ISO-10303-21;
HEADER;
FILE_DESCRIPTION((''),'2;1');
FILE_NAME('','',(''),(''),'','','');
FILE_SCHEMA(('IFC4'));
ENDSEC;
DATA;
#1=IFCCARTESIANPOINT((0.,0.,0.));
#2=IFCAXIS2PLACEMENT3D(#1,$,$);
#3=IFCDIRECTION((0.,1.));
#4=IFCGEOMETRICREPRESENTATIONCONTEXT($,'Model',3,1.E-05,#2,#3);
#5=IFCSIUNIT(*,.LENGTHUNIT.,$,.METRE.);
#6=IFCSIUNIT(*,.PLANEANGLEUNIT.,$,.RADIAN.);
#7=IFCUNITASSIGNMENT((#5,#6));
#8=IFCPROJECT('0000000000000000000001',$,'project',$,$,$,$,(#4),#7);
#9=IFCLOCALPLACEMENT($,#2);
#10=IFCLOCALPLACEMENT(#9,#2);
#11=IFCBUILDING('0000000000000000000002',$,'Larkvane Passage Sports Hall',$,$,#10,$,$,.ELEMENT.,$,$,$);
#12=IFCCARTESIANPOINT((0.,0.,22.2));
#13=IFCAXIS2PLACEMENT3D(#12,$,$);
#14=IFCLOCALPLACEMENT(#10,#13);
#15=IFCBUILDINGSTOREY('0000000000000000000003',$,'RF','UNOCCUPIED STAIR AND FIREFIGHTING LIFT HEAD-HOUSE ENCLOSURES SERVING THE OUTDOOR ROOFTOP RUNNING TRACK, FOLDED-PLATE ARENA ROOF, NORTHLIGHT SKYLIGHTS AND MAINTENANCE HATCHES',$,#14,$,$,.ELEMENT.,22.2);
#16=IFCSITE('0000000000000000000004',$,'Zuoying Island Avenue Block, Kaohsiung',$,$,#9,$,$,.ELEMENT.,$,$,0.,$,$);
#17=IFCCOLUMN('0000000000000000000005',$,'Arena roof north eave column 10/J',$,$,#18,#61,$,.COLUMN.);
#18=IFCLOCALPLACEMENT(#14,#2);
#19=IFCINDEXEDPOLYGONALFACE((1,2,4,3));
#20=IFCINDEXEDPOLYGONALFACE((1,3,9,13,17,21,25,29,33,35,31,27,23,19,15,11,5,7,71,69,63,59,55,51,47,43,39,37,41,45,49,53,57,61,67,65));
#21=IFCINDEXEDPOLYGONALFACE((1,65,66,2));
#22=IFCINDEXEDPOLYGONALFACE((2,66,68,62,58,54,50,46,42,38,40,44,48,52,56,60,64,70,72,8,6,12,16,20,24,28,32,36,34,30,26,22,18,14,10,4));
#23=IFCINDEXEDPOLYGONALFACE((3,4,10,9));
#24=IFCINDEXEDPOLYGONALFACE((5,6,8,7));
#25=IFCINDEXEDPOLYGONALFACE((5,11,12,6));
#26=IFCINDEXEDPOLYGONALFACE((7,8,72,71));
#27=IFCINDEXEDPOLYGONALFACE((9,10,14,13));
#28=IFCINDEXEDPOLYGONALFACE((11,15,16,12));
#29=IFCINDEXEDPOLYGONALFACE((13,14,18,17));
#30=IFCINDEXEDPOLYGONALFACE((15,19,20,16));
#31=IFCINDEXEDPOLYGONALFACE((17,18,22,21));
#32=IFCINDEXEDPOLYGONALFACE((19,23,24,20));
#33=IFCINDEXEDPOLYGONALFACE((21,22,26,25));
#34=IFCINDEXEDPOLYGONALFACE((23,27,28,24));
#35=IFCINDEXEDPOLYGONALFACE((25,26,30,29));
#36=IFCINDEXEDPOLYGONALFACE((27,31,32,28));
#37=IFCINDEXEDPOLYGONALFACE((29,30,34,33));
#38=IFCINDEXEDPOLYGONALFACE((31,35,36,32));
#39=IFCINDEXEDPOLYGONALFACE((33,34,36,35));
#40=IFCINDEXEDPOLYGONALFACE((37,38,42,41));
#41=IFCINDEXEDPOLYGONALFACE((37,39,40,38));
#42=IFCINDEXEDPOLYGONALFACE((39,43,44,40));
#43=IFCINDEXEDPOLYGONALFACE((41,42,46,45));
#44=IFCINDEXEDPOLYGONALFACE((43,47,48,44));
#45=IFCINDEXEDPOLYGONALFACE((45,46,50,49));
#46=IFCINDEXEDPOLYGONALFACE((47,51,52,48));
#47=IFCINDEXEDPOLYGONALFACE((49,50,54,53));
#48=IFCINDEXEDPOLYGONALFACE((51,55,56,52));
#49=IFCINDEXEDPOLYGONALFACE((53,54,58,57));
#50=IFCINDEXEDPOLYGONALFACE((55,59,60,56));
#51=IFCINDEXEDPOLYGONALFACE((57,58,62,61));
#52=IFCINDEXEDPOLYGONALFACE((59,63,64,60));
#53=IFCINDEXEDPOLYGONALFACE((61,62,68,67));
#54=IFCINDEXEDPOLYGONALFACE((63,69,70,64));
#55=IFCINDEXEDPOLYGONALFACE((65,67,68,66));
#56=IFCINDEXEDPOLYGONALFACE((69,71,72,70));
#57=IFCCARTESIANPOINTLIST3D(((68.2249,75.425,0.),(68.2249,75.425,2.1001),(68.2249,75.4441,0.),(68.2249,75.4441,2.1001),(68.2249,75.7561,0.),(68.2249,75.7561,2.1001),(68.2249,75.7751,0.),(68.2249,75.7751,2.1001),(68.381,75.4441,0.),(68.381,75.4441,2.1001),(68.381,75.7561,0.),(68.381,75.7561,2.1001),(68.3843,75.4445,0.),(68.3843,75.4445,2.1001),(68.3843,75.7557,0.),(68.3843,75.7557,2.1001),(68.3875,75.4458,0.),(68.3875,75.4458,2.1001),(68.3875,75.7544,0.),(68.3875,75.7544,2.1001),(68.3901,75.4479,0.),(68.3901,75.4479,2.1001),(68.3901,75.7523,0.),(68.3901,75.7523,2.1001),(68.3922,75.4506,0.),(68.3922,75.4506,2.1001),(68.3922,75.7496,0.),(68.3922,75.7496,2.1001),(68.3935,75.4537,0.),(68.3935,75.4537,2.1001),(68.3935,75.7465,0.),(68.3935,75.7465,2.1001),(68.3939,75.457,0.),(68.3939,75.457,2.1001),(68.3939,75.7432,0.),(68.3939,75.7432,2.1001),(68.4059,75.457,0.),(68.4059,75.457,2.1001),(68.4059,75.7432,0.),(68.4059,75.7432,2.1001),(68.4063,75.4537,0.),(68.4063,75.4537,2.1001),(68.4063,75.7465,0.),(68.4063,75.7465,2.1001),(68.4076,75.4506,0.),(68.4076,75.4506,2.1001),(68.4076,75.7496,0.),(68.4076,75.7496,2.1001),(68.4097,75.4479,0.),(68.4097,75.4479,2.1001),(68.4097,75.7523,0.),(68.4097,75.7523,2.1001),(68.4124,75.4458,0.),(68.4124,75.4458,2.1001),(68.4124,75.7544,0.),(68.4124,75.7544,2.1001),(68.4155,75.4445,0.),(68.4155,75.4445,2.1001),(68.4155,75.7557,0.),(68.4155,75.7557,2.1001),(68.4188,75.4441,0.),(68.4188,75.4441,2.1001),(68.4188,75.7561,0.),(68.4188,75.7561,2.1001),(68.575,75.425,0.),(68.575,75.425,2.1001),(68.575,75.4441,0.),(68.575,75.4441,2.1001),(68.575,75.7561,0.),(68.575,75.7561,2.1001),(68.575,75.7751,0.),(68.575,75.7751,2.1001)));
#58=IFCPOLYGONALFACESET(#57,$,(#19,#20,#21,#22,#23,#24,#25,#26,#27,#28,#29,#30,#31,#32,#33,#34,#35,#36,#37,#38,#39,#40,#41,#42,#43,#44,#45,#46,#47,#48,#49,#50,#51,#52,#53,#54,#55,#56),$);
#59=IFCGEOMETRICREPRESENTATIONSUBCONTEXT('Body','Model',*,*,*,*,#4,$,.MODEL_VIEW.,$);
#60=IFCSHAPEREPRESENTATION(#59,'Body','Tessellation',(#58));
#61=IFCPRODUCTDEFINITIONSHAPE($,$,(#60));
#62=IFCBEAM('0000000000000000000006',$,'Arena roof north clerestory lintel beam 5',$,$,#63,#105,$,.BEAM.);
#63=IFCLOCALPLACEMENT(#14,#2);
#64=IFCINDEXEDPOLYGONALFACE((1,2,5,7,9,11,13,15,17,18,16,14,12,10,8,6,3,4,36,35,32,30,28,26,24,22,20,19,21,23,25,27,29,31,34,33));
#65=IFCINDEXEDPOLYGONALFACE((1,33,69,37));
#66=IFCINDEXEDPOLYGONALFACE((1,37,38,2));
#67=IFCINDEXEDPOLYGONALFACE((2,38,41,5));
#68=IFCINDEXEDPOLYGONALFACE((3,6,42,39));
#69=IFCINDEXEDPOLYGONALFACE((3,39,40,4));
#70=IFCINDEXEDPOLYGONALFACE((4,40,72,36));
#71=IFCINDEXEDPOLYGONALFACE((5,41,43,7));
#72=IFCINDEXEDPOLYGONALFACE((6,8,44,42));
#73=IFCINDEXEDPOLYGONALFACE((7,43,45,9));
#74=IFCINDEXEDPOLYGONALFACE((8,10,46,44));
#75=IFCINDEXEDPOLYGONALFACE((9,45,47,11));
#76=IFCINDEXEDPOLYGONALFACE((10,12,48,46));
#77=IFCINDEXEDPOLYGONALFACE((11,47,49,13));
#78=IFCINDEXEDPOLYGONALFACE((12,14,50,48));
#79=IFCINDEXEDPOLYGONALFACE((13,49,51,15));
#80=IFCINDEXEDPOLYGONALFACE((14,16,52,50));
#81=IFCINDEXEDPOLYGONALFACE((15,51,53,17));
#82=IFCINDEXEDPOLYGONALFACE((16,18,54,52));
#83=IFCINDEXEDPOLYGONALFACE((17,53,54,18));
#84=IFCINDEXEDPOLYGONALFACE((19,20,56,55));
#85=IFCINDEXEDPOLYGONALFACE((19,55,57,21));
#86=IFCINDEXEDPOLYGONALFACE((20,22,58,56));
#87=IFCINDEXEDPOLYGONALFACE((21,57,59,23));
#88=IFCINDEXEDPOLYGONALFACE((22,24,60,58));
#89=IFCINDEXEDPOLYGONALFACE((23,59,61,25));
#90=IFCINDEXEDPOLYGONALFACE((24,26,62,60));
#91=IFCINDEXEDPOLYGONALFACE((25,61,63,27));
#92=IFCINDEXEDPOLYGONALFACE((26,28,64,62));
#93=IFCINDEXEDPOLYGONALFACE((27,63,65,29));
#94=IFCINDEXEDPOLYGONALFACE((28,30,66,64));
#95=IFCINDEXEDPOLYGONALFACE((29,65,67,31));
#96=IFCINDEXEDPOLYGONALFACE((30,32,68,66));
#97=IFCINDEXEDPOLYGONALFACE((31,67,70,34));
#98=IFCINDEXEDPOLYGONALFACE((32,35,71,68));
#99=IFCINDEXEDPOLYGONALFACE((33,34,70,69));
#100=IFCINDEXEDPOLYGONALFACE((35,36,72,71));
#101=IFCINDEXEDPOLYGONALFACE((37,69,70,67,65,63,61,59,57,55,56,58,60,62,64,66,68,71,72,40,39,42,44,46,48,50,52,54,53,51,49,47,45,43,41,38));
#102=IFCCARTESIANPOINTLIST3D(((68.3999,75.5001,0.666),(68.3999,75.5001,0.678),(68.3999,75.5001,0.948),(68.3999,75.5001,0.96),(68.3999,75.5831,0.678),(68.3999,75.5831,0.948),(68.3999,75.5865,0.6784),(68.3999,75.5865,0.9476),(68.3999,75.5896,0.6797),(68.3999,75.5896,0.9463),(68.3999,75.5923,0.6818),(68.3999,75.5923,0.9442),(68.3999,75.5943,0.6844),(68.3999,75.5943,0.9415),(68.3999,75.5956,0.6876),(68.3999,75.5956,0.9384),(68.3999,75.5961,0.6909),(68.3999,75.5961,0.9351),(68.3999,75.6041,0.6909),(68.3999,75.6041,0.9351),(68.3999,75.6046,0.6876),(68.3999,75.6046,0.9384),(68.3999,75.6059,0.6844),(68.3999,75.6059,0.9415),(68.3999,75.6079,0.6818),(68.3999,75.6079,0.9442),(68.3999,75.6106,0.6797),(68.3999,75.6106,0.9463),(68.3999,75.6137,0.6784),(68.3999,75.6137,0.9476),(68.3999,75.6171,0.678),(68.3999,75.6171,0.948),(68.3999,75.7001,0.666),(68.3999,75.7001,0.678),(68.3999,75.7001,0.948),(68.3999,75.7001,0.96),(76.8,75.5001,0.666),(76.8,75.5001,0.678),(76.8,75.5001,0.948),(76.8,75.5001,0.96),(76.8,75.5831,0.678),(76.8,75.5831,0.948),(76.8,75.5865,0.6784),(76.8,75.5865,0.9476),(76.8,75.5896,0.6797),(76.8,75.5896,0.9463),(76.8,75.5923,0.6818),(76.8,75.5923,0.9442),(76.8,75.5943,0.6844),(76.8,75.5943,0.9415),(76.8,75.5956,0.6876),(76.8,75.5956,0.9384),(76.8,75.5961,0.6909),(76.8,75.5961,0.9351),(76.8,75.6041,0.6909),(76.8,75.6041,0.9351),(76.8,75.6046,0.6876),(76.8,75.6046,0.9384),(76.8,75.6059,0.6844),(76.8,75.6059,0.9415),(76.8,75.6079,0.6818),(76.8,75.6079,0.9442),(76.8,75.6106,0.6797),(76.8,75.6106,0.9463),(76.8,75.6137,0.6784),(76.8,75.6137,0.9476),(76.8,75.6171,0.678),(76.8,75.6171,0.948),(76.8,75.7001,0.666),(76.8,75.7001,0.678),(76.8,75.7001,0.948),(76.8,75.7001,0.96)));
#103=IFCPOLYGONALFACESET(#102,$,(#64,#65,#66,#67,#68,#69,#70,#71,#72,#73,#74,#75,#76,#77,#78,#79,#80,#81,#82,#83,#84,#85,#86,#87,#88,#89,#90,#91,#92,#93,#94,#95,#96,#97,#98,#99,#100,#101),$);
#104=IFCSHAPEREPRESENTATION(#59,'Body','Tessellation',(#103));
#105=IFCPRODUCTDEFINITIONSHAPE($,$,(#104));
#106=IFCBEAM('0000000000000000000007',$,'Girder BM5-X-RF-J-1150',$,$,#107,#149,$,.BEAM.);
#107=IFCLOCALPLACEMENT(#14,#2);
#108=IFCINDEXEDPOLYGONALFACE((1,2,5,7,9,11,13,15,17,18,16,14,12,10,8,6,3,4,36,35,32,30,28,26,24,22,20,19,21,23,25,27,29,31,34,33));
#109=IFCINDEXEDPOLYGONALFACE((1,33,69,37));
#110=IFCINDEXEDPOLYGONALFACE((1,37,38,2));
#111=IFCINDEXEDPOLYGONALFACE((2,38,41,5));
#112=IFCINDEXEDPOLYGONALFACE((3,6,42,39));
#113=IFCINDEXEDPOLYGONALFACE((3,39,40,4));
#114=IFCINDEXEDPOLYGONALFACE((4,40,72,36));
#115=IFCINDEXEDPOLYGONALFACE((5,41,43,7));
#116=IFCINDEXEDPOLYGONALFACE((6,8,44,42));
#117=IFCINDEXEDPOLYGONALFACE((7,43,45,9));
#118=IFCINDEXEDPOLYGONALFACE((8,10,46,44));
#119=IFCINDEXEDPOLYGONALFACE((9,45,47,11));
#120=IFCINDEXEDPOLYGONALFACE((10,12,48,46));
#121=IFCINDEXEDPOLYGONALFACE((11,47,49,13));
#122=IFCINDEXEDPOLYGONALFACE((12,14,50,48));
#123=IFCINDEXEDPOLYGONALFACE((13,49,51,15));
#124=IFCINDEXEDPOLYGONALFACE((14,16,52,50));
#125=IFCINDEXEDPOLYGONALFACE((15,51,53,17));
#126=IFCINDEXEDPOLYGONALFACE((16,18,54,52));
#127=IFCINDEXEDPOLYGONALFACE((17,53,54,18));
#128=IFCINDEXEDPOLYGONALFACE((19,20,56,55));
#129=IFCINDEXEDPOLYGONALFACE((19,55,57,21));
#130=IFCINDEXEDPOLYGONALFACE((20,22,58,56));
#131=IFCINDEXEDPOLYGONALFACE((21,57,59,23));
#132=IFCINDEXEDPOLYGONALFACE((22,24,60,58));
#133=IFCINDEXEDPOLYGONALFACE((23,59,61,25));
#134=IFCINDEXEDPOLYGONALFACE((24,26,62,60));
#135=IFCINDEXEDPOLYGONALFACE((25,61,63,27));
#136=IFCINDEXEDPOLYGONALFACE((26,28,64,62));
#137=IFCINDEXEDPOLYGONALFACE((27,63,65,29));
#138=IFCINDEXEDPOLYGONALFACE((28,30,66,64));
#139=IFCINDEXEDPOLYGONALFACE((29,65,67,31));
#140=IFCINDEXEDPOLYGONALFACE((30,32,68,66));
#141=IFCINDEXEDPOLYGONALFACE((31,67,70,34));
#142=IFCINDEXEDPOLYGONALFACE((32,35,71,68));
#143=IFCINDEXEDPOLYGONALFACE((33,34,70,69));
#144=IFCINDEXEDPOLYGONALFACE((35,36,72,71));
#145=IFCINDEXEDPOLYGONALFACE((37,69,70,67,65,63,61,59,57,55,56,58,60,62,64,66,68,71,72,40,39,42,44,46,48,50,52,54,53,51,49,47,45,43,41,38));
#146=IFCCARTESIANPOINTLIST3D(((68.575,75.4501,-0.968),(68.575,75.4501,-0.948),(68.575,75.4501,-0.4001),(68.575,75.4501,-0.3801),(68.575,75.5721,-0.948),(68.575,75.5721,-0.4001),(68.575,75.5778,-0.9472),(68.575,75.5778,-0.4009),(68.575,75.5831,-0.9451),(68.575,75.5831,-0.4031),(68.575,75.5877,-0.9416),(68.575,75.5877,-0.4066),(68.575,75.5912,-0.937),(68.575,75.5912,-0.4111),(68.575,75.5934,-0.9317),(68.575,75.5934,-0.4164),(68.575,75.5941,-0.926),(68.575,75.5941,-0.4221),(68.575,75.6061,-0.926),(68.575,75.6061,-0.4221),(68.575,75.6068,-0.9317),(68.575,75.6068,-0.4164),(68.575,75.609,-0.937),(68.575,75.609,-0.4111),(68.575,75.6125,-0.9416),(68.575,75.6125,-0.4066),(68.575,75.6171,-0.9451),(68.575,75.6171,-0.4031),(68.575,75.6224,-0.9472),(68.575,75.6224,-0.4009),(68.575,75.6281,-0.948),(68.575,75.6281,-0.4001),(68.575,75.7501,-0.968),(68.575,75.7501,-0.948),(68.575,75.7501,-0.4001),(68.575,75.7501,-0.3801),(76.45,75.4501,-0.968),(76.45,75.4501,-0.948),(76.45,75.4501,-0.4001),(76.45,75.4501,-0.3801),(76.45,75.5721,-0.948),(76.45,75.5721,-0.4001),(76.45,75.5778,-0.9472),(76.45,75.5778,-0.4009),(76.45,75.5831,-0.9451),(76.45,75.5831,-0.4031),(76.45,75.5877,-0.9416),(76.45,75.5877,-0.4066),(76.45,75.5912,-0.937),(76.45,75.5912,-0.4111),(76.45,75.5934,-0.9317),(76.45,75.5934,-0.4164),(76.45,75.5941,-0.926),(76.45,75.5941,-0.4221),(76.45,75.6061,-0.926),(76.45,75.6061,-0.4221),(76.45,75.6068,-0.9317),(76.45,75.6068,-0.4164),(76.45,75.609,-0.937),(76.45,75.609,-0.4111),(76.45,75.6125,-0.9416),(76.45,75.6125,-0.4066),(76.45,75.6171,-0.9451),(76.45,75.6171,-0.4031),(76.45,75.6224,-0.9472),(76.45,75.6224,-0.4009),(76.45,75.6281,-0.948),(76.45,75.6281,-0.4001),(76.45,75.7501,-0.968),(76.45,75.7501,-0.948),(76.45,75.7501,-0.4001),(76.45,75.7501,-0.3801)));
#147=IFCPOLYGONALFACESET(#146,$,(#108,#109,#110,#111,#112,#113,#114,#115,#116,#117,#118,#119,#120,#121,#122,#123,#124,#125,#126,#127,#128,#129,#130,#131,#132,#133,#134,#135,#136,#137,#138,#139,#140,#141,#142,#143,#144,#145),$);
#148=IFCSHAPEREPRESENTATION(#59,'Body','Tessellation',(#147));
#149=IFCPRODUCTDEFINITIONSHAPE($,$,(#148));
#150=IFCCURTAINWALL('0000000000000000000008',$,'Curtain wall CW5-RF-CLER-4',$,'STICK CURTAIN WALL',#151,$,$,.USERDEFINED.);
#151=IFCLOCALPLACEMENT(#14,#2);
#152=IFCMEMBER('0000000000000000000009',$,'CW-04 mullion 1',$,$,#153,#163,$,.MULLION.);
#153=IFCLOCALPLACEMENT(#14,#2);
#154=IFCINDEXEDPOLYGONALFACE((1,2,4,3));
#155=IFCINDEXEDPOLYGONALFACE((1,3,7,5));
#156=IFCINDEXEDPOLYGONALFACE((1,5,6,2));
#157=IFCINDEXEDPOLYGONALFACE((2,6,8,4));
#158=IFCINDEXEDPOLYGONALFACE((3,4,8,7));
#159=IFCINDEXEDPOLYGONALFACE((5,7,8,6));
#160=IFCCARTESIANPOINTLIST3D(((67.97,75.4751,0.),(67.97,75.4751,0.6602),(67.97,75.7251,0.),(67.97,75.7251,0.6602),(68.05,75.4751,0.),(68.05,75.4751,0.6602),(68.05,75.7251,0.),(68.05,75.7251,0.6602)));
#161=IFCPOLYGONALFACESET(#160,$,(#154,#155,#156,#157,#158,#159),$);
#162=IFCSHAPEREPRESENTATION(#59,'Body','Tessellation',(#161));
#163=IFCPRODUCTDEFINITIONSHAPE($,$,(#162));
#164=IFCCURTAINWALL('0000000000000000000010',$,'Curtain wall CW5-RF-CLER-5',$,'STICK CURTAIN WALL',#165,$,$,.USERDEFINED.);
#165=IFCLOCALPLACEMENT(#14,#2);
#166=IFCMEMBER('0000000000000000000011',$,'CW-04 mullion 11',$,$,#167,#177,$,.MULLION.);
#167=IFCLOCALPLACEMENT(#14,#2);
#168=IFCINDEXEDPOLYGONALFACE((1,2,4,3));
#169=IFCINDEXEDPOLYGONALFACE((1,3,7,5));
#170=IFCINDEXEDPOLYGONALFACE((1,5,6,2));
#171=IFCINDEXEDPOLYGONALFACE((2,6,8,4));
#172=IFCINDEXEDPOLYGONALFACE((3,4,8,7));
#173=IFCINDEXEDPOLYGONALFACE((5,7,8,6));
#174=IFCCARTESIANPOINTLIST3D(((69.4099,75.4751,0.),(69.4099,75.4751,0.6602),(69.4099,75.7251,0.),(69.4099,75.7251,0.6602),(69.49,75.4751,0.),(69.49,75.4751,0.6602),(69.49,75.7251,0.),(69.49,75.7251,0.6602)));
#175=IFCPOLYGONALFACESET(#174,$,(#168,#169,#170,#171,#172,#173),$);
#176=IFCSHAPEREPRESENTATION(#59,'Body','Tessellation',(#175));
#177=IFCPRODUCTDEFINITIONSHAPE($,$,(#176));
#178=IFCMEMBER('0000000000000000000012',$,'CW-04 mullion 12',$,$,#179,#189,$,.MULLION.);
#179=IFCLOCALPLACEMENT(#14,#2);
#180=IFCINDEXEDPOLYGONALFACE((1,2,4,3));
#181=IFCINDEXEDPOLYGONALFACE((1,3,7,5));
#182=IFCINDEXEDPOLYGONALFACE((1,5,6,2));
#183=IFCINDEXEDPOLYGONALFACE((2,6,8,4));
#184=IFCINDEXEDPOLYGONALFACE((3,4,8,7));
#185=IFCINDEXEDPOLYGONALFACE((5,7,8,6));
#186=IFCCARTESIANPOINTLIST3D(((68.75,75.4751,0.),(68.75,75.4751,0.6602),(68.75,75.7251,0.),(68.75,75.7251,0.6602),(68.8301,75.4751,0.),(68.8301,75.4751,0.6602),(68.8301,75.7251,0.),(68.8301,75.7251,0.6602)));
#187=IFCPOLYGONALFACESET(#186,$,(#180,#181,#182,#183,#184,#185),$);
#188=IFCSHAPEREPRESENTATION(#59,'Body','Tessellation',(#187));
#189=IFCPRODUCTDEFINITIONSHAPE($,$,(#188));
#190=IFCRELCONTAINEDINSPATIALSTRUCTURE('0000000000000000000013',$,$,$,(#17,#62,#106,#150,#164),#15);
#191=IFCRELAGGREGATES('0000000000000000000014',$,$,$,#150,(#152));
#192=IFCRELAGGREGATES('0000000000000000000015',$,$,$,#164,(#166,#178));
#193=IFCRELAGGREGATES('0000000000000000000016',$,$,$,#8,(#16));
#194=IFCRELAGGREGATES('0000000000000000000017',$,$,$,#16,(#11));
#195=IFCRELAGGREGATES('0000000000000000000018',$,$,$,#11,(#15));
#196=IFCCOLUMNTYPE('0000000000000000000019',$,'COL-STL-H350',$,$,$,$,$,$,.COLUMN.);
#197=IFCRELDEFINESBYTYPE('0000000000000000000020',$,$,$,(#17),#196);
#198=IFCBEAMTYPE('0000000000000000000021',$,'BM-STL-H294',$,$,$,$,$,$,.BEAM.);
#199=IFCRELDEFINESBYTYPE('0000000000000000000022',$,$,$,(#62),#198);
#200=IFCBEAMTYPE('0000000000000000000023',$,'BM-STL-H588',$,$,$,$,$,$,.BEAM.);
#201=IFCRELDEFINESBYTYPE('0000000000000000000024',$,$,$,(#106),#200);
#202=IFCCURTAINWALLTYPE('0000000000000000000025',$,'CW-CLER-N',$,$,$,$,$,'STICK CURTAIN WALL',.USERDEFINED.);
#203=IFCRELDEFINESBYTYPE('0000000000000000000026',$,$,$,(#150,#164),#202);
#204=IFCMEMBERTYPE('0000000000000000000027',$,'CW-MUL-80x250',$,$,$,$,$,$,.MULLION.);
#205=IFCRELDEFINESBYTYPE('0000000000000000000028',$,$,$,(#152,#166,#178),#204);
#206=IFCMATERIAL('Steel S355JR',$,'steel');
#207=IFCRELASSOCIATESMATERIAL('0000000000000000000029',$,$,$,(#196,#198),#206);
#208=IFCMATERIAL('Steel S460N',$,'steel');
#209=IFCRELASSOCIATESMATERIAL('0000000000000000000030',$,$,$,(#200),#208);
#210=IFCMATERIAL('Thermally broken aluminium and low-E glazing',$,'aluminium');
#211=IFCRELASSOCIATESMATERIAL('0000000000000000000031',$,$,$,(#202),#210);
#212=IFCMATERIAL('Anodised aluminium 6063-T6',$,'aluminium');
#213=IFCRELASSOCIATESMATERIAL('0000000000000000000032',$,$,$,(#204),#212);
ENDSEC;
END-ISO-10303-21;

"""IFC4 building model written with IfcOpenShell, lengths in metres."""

from ifc_helpers import new_model, si_unit, direction, frame, origin, origin_2d, place, context, subcontext, project, spatial, rectangle, i_section, extrude, material, material_profile, profile_set, type_object, element, aggregate, save


model = new_model("IFC4")

# Units and contexts
model_context = context("Model", 3, precision=1e-05, world=origin(), true_north=direction((0.0, 1.0)))
body_context = subcontext(model_context, "Body", "Model", "MODEL_VIEW")
ifc_project = project(units=[si_unit("LENGTHUNIT", "METRE"), si_unit("PLANEANGLEUNIT", "RADIAN")], contexts=[model_context])

# Site, building, storey
site_placement = place(None, origin())
site = spatial("IfcSite", under=ifc_project, at=site_placement, Name="Zuoying Island Avenue Block, Kaohsiung", CompositionType="ELEMENT", RefElevation=0.0)
building_placement = place(site_placement, origin())
building = spatial("IfcBuilding", under=site, at=building_placement, Name="Larkvane Passage Sports Hall", CompositionType="ELEMENT")
storey_placement = place(building_placement, frame((0.0, 0.0, 22.2)))
storey = spatial("IfcBuildingStorey", under=building, at=storey_placement, Name="RF", Description="UNOCCUPIED STAIR AND FIREFIGHTING LIFT HEAD-HOUSE ENCLOSURES SERVING THE OUTDOOR ROOFTOP RUNNING TRACK, FOLDED-PLATE ARENA ROOF, NORTHLIGHT SKYLIGHTS AND MAINTENANCE HATCHES", CompositionType="ELEMENT", Elevation=22.2)

# Column
ifc_material_1 = material(Name="Steel S355JR", Category="steel")
ifc_material_profile_1 = material_profile(ifc_material_1, i_section(OverallWidth=0.3501, OverallDepth=0.3501, WebThickness=0.012, FlangeThickness=0.019, FilletRadius=0.0129, at=origin_2d()), Name="H-350x350x12x19")
ifc_profile_set_1 = profile_set([ifc_material_profile_1], Name="Steel S355JR")
column_type = type_object("IfcColumnType", Name="COL-STL-H350", PredefinedType="COLUMN", material=ifc_profile_set_1)
column_placement = place(storey_placement, frame((68.3999, 75.6001, 0.0), z_axis=(0.0, 0.0, 1.0), x_axis=(1.0, 0.0, 0.0)))
element("IfcColumn", 1, at=column_placement, inside=storey, type_object=column_type, Name="Arena roof north eave column 10/J", PredefinedType="COLUMN", context=body_context, shape_type="SweptSolid", body=[
    extrude(i_section(OverallWidth=0.3501, OverallDepth=0.3501, WebThickness=0.012, FlangeThickness=0.019, FilletRadius=0.0129, at=origin_2d()), origin(), (0.0, 0.0, 1.0), 2.1001),
])

# Beams
ifc_material_profile_2 = material_profile(ifc_material_1, i_section(OverallWidth=0.2, OverallDepth=0.2939, WebThickness=0.0081, FlangeThickness=0.012, FilletRadius=0.0129, at=origin_2d()), Name="H-294x200x8x12")
ifc_profile_set_2 = profile_set([ifc_material_profile_2], Name="Steel S355JR")
beam_type_1 = type_object("IfcBeamType", Name="BM-STL-H294", PredefinedType="BEAM", material=ifc_profile_set_2)
beam_1_placement = place(storey_placement, frame((68.3999, 75.6001, 0.813), z_axis=(1.0, 0.0, 0.0), x_axis=(0.0, 1.0, 0.0)))
element("IfcBeam", 2, at=beam_1_placement, inside=storey, type_object=beam_type_1, Name="Arena roof north clerestory lintel beam 5", PredefinedType="BEAM", context=body_context, shape_type="SweptSolid", body=[
    extrude(i_section(OverallWidth=0.2, OverallDepth=0.2939, WebThickness=0.0081, FlangeThickness=0.012, FilletRadius=0.0129, at=origin_2d()), origin(), (0.0, 0.0, 1.0), 8.4001),
])
ifc_material_2 = material(Name="Steel S460N", Category="steel")
ifc_material_profile_3 = material_profile(ifc_material_2, i_section(OverallWidth=0.3, OverallDepth=0.5879, WebThickness=0.012, FlangeThickness=0.02, FilletRadius=0.022, at=origin_2d()), Name="H-588x300x12x20")
ifc_profile_set_3 = profile_set([ifc_material_profile_3], Name="Steel S460N")
beam_type_2 = type_object("IfcBeamType", Name="BM-STL-H588", PredefinedType="BEAM", material=ifc_profile_set_3)
beam_2_placement = place(storey_placement, frame((68.575, 75.6001, -0.6741), z_axis=(1.0, 0.0, 0.0), x_axis=(0.0, 1.0, 0.0)))
element("IfcBeam", 3, at=beam_2_placement, inside=storey, type_object=beam_type_2, Name="Girder BM5-X-RF-J-1150", PredefinedType="BEAM", context=body_context, shape_type="SweptSolid", body=[
    extrude(i_section(OverallWidth=0.3, OverallDepth=0.5879, WebThickness=0.012, FlangeThickness=0.02, FilletRadius=0.022, at=origin_2d()), origin(), (0.0, 0.0, 1.0), 7.875),
])

# Curtain wall, member
ifc_material_3 = material(Name="Thermally broken aluminium and low-E glazing", Category="aluminium")
curtain_wall_type = type_object("IfcCurtainWallType", Name="CW-CLER-N", ElementType="STICK CURTAIN WALL", PredefinedType="USERDEFINED", material=ifc_material_3)
curtain_wall_1_placement = place(storey_placement, origin())
curtain_wall_1 = element("IfcCurtainWall", 4, at=curtain_wall_1_placement, inside=storey, type_object=curtain_wall_type, Name="Curtain wall CW5-RF-CLER-4", ObjectType="STICK CURTAIN WALL", PredefinedType="USERDEFINED")
ifc_material_4 = material(Name="Anodised aluminium 6063-T6", Category="aluminium")
ifc_material_profile_4 = material_profile(ifc_material_4, rectangle(XDim=0.0801, YDim=0.25, at=origin_2d()), Name="ALU-MUL-80x250")
ifc_profile_set_4 = profile_set([ifc_material_profile_4], Name="Anodised aluminium 6063-T6")
member_type_1 = type_object("IfcMemberType", Name="CW-MUL-80x250", PredefinedType="MULLION", material=ifc_profile_set_4)
member_1_placement = place(storey_placement, frame((68.01, 75.6001, 0.0), z_axis=(0.0, 0.0, 1.0), x_axis=(-1.0, 0.0, 0.0)))
member_1 = element("IfcMember", 5, at=member_1_placement, type_object=member_type_1, Name="CW-04 mullion 1", PredefinedType="MULLION", context=body_context, shape_type="SweptSolid", body=[
    extrude(rectangle(XDim=0.0801, YDim=0.25, at=origin_2d()), origin(), (0.0, 0.0, 1.0), 0.6602),
])

# Curtain wall, members
curtain_wall_2_placement = place(storey_placement, origin())
curtain_wall_2 = element("IfcCurtainWall", 6, at=curtain_wall_2_placement, inside=storey, type_object=curtain_wall_type, Name="Curtain wall CW5-RF-CLER-5", ObjectType="STICK CURTAIN WALL", PredefinedType="USERDEFINED")
member_2_placement = place(storey_placement, frame((69.45, 75.6001, 0.0), z_axis=(0.0, 0.0, 1.0), x_axis=(-1.0, 0.0, 0.0)))
member_2 = element("IfcMember", 7, at=member_2_placement, type_object=member_type_1, Name="CW-04 mullion 11", PredefinedType="MULLION", context=body_context, shape_type="SweptSolid", body=[
    extrude(rectangle(XDim=0.0801, YDim=0.25, at=origin_2d()), origin(), (0.0, 0.0, 1.0), 0.6602),
])
member_3_placement = place(storey_placement, frame((68.79, 75.6001, 0.0), z_axis=(0.0, 0.0, 1.0), x_axis=(-1.0, 0.0, 0.0)))
member_3 = element("IfcMember", 8, at=member_3_placement, type_object=member_type_1, Name="CW-04 mullion 12", PredefinedType="MULLION", context=body_context, shape_type="SweptSolid", body=[
    extrude(rectangle(XDim=0.0801, YDim=0.25, at=origin_2d()), origin(), (0.0, 0.0, 1.0), 0.6602),
])

aggregate(curtain_wall_1, [member_1])
aggregate(curtain_wall_2, [member_2, member_3])

save(model, "model.ifc")
